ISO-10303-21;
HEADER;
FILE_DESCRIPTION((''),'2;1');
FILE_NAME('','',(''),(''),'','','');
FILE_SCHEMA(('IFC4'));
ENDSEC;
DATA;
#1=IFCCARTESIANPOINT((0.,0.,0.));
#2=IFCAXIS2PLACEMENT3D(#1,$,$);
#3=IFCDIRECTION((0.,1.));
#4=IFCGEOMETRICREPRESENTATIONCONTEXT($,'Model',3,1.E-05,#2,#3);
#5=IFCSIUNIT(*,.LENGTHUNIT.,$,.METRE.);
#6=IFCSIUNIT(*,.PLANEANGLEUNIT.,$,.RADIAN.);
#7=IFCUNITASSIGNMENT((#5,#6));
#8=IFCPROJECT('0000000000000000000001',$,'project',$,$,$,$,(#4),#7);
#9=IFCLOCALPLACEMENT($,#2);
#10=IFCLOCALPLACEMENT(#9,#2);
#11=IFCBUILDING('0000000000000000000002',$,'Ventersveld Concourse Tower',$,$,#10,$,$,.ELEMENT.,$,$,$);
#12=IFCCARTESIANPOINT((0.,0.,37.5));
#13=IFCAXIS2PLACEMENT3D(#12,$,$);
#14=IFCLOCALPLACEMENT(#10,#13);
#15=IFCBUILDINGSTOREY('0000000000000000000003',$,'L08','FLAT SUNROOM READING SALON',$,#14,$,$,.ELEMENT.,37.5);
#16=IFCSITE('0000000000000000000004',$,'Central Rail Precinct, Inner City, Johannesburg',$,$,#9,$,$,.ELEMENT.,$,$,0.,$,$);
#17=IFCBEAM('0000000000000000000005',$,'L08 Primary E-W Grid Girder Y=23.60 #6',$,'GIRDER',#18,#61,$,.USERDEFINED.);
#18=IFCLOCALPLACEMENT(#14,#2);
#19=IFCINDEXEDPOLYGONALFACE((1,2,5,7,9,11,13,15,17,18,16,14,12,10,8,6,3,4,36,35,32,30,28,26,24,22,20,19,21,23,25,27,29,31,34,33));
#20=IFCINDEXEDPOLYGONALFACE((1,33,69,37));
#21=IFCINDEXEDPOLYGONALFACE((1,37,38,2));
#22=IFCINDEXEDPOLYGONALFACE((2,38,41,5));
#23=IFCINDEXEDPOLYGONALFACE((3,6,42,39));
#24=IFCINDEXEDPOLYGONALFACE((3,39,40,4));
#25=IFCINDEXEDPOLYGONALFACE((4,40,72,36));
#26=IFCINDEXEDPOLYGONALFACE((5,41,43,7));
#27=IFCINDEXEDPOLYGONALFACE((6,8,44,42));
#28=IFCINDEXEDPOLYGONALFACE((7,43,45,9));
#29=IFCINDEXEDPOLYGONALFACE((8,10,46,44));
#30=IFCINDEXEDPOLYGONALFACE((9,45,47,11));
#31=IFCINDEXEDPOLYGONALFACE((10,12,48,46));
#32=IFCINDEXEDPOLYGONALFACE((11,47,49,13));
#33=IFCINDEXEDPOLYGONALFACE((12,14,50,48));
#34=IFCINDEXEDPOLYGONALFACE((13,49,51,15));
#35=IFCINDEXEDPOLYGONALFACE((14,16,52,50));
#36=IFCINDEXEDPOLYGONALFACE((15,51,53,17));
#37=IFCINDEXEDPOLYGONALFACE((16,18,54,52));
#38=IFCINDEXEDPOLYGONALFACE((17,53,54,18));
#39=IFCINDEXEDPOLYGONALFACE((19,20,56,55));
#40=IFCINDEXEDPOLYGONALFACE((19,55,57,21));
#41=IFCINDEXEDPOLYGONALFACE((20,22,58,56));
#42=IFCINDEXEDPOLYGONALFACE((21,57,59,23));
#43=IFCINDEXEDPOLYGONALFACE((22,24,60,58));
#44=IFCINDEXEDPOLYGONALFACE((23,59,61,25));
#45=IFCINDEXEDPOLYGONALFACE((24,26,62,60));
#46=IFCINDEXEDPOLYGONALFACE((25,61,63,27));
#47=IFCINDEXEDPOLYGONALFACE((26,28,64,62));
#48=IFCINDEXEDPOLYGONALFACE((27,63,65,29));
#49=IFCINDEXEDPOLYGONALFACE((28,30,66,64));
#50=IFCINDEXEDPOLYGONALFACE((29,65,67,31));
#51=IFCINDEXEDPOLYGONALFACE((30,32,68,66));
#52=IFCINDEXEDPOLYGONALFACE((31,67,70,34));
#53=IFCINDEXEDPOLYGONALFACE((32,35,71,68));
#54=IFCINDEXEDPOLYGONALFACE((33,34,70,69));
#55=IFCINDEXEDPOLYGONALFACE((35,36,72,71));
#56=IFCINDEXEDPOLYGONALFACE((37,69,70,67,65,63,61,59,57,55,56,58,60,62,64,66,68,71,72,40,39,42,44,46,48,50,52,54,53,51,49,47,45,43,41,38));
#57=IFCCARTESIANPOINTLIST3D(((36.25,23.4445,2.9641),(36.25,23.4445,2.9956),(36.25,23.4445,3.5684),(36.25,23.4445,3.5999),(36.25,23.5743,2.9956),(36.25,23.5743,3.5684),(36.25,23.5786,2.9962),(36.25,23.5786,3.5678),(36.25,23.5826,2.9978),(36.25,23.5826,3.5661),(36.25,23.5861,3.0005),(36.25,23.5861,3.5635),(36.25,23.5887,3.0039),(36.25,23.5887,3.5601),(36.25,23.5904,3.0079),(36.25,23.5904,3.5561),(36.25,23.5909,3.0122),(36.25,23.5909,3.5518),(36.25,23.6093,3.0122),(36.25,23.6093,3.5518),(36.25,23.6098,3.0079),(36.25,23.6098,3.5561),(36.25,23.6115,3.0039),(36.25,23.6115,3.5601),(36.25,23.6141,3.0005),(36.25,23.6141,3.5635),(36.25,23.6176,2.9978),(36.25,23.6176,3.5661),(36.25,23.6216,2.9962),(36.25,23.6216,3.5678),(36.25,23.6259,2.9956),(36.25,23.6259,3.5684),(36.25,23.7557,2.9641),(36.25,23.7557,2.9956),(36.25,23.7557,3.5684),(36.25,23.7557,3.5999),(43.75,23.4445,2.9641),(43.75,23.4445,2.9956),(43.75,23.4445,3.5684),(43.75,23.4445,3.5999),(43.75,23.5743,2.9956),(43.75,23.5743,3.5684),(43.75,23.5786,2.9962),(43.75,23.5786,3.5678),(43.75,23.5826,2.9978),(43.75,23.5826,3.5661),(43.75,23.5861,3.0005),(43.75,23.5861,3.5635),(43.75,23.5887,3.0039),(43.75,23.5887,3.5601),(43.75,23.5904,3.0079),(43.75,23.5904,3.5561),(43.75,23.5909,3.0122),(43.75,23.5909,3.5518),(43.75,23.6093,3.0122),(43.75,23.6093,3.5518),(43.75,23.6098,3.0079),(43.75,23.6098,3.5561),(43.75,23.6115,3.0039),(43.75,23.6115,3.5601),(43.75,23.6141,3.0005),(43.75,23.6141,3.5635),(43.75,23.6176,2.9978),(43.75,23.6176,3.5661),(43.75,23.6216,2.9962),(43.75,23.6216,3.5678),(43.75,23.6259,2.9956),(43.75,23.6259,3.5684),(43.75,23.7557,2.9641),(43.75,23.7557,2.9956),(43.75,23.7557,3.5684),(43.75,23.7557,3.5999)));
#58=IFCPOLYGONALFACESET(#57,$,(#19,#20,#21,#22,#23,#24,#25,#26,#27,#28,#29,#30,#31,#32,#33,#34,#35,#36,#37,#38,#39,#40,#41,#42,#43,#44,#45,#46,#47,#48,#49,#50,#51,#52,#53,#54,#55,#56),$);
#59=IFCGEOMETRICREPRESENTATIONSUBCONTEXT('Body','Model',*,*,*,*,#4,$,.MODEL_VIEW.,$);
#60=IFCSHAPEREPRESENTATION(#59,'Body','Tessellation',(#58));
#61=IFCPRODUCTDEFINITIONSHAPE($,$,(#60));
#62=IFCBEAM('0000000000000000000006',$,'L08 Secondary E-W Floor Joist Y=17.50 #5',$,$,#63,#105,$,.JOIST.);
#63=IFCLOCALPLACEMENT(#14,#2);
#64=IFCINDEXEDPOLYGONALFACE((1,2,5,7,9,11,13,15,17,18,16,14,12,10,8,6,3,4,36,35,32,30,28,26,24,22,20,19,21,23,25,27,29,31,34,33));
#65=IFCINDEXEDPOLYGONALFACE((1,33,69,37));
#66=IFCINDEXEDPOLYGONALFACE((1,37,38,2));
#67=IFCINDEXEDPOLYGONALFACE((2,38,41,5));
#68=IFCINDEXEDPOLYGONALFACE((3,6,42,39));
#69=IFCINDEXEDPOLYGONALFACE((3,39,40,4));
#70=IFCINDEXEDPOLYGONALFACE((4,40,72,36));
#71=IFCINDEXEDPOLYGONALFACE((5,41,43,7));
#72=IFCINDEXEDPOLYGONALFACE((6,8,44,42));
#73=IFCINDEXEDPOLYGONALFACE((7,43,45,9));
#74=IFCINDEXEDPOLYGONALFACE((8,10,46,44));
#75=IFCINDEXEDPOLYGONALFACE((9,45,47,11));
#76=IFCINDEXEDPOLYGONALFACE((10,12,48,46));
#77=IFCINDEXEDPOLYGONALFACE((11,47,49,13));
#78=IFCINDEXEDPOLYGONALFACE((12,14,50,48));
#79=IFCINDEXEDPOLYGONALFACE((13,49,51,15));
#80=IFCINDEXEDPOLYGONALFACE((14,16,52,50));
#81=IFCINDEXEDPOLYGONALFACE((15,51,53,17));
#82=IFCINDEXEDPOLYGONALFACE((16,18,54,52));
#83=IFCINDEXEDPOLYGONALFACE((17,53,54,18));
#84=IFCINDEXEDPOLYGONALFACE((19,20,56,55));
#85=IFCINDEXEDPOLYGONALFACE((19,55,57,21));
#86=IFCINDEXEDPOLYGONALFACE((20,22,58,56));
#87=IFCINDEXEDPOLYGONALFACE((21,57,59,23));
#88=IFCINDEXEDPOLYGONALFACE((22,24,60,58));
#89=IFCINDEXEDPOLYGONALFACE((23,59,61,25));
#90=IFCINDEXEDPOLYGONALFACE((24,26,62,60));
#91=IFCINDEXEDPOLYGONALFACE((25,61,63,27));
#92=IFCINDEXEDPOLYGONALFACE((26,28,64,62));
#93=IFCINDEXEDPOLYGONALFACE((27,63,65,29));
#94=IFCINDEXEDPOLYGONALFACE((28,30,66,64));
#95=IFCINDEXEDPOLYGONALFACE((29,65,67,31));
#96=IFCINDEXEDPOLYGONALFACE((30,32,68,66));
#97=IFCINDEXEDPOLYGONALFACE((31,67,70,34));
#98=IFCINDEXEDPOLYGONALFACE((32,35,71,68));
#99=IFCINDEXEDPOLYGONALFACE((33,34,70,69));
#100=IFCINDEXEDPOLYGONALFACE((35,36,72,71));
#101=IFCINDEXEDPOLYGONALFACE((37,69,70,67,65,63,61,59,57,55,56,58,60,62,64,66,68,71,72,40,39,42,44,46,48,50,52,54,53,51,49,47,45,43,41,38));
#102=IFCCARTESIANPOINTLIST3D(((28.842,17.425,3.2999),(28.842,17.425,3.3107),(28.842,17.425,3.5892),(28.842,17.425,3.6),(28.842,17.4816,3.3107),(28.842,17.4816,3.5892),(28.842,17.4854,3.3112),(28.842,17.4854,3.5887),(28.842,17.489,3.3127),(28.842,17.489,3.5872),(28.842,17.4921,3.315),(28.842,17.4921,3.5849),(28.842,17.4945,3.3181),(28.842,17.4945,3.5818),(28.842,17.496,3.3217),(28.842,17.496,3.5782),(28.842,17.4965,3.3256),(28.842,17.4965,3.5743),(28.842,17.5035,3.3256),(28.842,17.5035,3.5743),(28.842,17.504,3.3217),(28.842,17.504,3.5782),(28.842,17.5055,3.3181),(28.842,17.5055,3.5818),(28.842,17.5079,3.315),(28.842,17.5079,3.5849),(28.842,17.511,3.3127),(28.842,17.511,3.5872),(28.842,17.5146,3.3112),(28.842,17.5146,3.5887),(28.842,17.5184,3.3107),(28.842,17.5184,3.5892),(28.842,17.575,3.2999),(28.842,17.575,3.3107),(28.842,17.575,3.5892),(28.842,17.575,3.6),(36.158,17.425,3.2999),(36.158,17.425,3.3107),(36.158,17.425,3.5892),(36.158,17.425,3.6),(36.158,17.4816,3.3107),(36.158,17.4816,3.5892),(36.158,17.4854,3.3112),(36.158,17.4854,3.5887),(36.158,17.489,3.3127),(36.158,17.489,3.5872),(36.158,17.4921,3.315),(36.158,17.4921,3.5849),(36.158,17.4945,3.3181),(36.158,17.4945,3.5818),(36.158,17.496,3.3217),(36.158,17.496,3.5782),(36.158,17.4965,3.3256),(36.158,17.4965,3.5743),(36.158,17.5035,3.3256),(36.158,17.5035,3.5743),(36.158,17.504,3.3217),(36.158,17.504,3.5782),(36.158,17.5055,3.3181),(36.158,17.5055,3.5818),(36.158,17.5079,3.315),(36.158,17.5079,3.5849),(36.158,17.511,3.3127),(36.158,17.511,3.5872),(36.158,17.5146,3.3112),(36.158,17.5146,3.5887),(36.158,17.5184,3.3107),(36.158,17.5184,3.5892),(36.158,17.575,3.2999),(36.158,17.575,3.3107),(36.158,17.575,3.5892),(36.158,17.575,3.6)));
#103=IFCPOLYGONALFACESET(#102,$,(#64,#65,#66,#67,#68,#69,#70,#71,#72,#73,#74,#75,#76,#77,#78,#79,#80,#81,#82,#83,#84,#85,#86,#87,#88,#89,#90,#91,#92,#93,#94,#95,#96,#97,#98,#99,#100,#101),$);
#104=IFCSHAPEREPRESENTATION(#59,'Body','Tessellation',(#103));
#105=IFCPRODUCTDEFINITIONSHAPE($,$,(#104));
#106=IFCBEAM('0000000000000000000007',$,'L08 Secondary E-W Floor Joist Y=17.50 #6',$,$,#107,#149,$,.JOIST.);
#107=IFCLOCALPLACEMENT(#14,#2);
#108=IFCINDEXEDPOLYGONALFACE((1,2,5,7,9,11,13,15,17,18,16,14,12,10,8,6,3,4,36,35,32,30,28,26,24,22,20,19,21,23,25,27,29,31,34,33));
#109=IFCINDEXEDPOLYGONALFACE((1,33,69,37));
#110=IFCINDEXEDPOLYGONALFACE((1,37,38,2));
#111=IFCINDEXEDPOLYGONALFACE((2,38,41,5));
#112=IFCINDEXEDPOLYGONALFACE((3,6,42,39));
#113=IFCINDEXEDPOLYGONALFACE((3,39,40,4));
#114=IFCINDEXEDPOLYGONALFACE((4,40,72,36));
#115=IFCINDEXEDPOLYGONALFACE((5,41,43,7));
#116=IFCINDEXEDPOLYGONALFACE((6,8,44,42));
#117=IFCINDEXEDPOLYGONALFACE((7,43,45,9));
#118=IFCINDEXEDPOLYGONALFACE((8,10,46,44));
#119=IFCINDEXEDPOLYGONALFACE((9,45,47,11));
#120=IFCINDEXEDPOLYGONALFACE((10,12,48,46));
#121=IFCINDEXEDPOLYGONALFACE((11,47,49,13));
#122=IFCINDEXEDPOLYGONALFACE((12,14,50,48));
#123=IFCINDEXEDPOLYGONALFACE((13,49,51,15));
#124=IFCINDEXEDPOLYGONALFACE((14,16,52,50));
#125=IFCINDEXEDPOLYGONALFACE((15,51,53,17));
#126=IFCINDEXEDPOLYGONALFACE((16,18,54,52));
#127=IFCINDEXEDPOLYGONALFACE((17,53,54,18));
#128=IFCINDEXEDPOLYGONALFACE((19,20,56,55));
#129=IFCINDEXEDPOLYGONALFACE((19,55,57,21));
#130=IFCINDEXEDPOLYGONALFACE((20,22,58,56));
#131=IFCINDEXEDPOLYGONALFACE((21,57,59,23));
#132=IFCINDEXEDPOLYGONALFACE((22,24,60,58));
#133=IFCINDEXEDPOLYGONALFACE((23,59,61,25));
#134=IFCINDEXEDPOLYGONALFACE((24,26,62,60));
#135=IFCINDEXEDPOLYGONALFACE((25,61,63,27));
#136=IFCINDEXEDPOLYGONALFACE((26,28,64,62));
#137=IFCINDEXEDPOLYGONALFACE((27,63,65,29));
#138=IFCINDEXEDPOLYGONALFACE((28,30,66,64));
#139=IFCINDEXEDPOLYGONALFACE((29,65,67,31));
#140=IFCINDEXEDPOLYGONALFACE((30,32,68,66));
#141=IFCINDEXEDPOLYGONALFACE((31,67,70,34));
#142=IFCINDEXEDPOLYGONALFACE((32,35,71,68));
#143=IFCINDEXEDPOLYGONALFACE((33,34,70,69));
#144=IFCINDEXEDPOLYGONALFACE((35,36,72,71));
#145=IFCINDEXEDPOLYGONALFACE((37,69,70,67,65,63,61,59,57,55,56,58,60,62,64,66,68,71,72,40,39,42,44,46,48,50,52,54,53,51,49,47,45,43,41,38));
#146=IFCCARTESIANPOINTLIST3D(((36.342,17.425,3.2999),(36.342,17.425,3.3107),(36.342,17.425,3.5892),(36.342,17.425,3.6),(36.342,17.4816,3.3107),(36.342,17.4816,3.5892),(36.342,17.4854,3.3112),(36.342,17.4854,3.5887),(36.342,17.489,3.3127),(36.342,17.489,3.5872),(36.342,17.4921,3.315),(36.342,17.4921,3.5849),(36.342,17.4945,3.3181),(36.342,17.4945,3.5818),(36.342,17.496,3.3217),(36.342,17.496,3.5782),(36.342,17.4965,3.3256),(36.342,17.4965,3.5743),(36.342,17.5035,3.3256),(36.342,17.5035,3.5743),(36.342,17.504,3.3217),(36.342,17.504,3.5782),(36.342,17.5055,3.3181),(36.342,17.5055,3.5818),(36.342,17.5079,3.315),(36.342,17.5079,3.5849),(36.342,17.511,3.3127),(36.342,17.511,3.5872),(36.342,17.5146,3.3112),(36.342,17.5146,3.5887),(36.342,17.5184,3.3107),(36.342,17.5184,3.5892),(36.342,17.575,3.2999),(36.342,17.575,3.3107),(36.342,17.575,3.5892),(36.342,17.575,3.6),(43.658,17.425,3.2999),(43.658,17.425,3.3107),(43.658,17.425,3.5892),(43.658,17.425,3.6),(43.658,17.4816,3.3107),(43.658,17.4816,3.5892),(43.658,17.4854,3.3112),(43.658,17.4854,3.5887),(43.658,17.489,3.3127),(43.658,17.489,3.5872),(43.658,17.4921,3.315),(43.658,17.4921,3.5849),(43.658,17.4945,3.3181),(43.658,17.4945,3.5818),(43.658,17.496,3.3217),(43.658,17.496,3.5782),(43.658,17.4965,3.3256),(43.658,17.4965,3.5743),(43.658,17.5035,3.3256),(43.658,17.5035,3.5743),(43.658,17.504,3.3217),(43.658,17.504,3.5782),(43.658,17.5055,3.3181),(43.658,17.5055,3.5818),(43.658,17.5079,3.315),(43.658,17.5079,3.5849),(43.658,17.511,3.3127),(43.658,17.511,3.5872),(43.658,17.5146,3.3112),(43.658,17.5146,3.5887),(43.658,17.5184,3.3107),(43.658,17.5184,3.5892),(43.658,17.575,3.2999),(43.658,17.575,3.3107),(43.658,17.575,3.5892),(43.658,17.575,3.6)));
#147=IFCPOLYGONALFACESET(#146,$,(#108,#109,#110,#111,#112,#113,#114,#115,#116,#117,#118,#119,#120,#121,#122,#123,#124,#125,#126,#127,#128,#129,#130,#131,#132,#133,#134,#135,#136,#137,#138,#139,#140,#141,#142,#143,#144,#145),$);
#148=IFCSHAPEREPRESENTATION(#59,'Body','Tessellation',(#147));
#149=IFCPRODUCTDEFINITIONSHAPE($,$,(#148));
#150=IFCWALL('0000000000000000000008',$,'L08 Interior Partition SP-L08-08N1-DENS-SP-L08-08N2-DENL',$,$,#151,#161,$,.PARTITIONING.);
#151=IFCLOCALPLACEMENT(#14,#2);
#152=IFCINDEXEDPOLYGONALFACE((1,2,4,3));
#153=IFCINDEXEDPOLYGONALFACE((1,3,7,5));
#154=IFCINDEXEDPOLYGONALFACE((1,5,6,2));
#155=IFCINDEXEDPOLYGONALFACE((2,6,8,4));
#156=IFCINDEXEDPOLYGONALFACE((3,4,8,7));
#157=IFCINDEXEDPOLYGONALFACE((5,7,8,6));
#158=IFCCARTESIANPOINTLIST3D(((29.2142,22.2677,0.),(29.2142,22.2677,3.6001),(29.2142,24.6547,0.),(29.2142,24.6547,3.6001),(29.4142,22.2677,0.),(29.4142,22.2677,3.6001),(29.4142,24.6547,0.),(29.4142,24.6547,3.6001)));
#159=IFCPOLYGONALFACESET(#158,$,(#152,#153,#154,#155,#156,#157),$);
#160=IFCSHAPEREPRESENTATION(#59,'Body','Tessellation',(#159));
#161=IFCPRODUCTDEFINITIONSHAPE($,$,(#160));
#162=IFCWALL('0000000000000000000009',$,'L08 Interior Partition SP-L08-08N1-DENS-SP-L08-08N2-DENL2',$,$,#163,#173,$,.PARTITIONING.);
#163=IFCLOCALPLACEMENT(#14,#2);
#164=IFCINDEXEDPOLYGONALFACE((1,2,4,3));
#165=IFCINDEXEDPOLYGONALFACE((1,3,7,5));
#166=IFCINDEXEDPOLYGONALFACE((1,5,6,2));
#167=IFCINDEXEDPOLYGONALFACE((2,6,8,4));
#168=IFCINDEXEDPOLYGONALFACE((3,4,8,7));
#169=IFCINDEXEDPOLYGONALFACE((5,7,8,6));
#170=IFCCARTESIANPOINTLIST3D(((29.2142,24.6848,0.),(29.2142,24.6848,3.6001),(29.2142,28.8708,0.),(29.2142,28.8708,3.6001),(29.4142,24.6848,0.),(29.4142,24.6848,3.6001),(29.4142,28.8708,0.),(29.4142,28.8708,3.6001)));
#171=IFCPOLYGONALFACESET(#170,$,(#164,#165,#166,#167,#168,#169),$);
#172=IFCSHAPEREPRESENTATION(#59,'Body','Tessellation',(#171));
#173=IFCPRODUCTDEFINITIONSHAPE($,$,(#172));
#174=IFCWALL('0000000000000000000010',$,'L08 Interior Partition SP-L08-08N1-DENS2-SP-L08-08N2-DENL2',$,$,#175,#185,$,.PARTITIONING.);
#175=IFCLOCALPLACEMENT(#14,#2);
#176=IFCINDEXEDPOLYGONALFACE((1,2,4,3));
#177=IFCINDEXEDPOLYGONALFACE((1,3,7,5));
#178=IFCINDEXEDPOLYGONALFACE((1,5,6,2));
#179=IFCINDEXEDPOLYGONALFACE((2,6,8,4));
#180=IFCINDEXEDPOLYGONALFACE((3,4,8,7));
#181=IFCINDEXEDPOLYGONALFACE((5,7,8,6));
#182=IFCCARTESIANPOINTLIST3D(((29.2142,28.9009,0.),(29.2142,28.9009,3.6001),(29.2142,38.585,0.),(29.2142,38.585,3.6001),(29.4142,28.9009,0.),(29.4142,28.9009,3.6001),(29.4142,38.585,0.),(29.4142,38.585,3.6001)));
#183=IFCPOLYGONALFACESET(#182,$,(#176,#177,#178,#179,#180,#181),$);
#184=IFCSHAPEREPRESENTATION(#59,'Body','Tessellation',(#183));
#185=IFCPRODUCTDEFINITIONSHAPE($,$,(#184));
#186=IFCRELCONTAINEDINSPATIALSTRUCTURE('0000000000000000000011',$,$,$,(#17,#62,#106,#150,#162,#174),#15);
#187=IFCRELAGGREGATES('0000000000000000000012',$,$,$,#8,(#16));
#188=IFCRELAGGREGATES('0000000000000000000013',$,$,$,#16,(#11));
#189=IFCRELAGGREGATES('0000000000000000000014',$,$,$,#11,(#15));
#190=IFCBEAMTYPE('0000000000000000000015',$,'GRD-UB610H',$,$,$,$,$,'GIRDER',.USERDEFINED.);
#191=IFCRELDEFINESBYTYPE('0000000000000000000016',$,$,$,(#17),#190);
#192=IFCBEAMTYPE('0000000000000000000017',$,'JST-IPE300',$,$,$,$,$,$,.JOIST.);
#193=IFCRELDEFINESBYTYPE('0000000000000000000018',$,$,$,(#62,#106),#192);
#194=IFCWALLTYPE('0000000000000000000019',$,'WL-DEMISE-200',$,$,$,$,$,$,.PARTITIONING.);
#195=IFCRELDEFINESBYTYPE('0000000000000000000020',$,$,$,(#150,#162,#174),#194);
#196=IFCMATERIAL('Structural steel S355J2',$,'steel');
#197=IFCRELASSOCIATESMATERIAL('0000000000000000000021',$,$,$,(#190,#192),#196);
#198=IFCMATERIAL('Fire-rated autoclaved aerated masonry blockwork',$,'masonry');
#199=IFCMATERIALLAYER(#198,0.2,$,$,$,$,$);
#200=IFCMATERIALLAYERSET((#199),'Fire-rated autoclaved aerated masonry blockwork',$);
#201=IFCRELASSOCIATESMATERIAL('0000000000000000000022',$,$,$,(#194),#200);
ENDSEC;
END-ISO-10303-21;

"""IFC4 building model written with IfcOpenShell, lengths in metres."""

from ifc_helpers import new_model, si_unit, direction, frame, frame_2d, origin, origin_2d, place, context, subcontext, project, spatial, rectangle, i_section, extrude, material, layer, layer_set, material_profile, profile_set, type_object, element, save


model = new_model("IFC4")

# Units and contexts
model_context = context("Model", 3, precision=1e-05, world=origin(), true_north=direction((0.0, 1.0)))
body_context = subcontext(model_context, "Body", "Model", "MODEL_VIEW")
ifc_project = project(units=[si_unit("LENGTHUNIT", "METRE"), si_unit("PLANEANGLEUNIT", "RADIAN")], contexts=[model_context])

# Site, building, storey
site_placement = place(None, origin())
site = spatial("IfcSite", under=ifc_project, at=site_placement, Name="Central Rail Precinct, Inner City, Johannesburg", CompositionType="ELEMENT", RefElevation=0.0)
building_placement = place(site_placement, origin())
building = spatial("IfcBuilding", under=site, at=building_placement, Name="Ventersveld Concourse Tower", CompositionType="ELEMENT")
storey_placement = place(building_placement, frame((0.0, 0.0, 37.5)))
storey = spatial("IfcBuildingStorey", under=building, at=storey_placement, Name="L08", Description="FLAT SUNROOM READING SALON", CompositionType="ELEMENT", Elevation=37.5)

# Beams
ifc_material_1 = material(Name="Structural steel S355J2", Category="steel")
ifc_material_profile_1 = material_profile(ifc_material_1, i_section(OverallWidth=0.3113, OverallDepth=0.6357, WebThickness=0.0183, FlangeThickness=0.0315, FilletRadius=0.0166, at=origin_2d()), Name="UB 610x305x238")
ifc_profile_set_1 = profile_set([ifc_material_profile_1], Name="Structural steel S355J2")
beam_type_1 = type_object("IfcBeamType", Name="GRD-UB610H", ElementType="GIRDER", PredefinedType="USERDEFINED", material=ifc_profile_set_1)
for number, where, z_axis, x_axis, name in (
    (1, (36.25, 23.6001, 3.282), (1.0, 0.0, 0.0), (0.0, 1.0, 0.0), "L08 Primary E-W Grid Girder Y=23.60 #6"),
):
    element("IfcBeam", number, at=place(storey_placement, frame(where, z_axis=z_axis, x_axis=x_axis)), inside=storey, type_object=beam_type_1, Name=name, ObjectType="GIRDER", PredefinedType="USERDEFINED", context=body_context, shape_type="SweptSolid", body=[
        extrude(i_section(OverallWidth=0.3113, OverallDepth=0.6357, WebThickness=0.0183, FlangeThickness=0.0315, FilletRadius=0.0166, at=origin_2d()), origin(), (0.0, 0.0, 1.0), 7.5),
    ])
ifc_material_profile_2 = material_profile(ifc_material_1, i_section(OverallWidth=0.1499, OverallDepth=0.3, WebThickness=0.0071, FlangeThickness=0.0107, FilletRadius=0.0149, at=origin_2d()), Name="IPE 300")
ifc_profile_set_2 = profile_set([ifc_material_profile_2], Name="Structural steel S355J2")
beam_type_2 = type_object("IfcBeamType", Name="JST-IPE300", PredefinedType="JOIST", material=ifc_profile_set_2)
for number, where, z_axis, x_axis, name in (
    (2, (28.842, 17.5, 3.45), (1.0, 0.0, 0.0), (0.0, 1.0, 0.0), "L08 Secondary E-W Floor Joist Y=17.50 #5"),
    (3, (36.342, 17.5, 3.45), (1.0, 0.0, 0.0), (0.0, 1.0, 0.0), "L08 Secondary E-W Floor Joist Y=17.50 #6"),
):
    element("IfcBeam", number, at=place(storey_placement, frame(where, z_axis=z_axis, x_axis=x_axis)), inside=storey, type_object=beam_type_2, Name=name, PredefinedType="JOIST", context=body_context, shape_type="SweptSolid", body=[
        extrude(i_section(OverallWidth=0.1499, OverallDepth=0.3, WebThickness=0.0071, FlangeThickness=0.0107, FilletRadius=0.0149, at=origin_2d()), origin(), (0.0, 0.0, 1.0), 7.3159),
    ])

# Walls
ifc_material_2 = material(Name="Fire-rated autoclaved aerated masonry blockwork", Category="masonry")
ifc_layer_1 = layer(ifc_material_2, 0.2)
ifc_layer_set_1 = layer_set([ifc_layer_1], Name="Fire-rated autoclaved aerated masonry blockwork")
wall_type_1 = type_object("IfcWallType", Name="WL-DEMISE-200", PredefinedType="PARTITIONING", material=ifc_layer_set_1)
wall_1_placement = place(storey_placement, frame((29.3142, 22.2678, 0.0), z_axis=(0.0, 0.0, 1.0), x_axis=(0.0, 1.0, 0.0)))
element("IfcWall", 4, at=wall_1_placement, inside=storey, type_object=wall_type_1, Name="L08 Interior Partition SP-L08-08N1-DENS-SP-L08-08N2-DENL", PredefinedType="PARTITIONING", context=body_context, shape_type="SweptSolid", body=[
    extrude(rectangle(XDim=2.387, YDim=0.2, at=frame_2d((1.1934, 0.0))), origin(), (0.0, 0.0, 1.0), 3.6001),
])
wall_2_placement = place(storey_placement, frame((29.3142, 24.6848, 0.0), z_axis=(0.0, 0.0, 1.0), x_axis=(0.0, 1.0, 0.0)))
element("IfcWall", 5, at=wall_2_placement, inside=storey, type_object=wall_type_1, Name="L08 Interior Partition SP-L08-08N1-DENS-SP-L08-08N2-DENL2", PredefinedType="PARTITIONING", context=body_context, shape_type="SweptSolid", body=[
    extrude(rectangle(XDim=4.186, YDim=0.2, at=frame_2d((2.093, 0.0))), origin(), (0.0, 0.0, 1.0), 3.6001),
])
wall_3_placement = place(storey_placement, frame((29.3142, 28.9009, 0.0), z_axis=(0.0, 0.0, 1.0), x_axis=(0.0, 1.0, 0.0)))
element("IfcWall", 6, at=wall_3_placement, inside=storey, type_object=wall_type_1, Name="L08 Interior Partition SP-L08-08N1-DENS2-SP-L08-08N2-DENL2", PredefinedType="PARTITIONING", context=body_context, shape_type="SweptSolid", body=[
    extrude(rectangle(XDim=9.6841, YDim=0.2, at=frame_2d((4.842, 0.0))), origin(), (0.0, 0.0, 1.0), 3.6001),
])

save(model, "model.ifc")
